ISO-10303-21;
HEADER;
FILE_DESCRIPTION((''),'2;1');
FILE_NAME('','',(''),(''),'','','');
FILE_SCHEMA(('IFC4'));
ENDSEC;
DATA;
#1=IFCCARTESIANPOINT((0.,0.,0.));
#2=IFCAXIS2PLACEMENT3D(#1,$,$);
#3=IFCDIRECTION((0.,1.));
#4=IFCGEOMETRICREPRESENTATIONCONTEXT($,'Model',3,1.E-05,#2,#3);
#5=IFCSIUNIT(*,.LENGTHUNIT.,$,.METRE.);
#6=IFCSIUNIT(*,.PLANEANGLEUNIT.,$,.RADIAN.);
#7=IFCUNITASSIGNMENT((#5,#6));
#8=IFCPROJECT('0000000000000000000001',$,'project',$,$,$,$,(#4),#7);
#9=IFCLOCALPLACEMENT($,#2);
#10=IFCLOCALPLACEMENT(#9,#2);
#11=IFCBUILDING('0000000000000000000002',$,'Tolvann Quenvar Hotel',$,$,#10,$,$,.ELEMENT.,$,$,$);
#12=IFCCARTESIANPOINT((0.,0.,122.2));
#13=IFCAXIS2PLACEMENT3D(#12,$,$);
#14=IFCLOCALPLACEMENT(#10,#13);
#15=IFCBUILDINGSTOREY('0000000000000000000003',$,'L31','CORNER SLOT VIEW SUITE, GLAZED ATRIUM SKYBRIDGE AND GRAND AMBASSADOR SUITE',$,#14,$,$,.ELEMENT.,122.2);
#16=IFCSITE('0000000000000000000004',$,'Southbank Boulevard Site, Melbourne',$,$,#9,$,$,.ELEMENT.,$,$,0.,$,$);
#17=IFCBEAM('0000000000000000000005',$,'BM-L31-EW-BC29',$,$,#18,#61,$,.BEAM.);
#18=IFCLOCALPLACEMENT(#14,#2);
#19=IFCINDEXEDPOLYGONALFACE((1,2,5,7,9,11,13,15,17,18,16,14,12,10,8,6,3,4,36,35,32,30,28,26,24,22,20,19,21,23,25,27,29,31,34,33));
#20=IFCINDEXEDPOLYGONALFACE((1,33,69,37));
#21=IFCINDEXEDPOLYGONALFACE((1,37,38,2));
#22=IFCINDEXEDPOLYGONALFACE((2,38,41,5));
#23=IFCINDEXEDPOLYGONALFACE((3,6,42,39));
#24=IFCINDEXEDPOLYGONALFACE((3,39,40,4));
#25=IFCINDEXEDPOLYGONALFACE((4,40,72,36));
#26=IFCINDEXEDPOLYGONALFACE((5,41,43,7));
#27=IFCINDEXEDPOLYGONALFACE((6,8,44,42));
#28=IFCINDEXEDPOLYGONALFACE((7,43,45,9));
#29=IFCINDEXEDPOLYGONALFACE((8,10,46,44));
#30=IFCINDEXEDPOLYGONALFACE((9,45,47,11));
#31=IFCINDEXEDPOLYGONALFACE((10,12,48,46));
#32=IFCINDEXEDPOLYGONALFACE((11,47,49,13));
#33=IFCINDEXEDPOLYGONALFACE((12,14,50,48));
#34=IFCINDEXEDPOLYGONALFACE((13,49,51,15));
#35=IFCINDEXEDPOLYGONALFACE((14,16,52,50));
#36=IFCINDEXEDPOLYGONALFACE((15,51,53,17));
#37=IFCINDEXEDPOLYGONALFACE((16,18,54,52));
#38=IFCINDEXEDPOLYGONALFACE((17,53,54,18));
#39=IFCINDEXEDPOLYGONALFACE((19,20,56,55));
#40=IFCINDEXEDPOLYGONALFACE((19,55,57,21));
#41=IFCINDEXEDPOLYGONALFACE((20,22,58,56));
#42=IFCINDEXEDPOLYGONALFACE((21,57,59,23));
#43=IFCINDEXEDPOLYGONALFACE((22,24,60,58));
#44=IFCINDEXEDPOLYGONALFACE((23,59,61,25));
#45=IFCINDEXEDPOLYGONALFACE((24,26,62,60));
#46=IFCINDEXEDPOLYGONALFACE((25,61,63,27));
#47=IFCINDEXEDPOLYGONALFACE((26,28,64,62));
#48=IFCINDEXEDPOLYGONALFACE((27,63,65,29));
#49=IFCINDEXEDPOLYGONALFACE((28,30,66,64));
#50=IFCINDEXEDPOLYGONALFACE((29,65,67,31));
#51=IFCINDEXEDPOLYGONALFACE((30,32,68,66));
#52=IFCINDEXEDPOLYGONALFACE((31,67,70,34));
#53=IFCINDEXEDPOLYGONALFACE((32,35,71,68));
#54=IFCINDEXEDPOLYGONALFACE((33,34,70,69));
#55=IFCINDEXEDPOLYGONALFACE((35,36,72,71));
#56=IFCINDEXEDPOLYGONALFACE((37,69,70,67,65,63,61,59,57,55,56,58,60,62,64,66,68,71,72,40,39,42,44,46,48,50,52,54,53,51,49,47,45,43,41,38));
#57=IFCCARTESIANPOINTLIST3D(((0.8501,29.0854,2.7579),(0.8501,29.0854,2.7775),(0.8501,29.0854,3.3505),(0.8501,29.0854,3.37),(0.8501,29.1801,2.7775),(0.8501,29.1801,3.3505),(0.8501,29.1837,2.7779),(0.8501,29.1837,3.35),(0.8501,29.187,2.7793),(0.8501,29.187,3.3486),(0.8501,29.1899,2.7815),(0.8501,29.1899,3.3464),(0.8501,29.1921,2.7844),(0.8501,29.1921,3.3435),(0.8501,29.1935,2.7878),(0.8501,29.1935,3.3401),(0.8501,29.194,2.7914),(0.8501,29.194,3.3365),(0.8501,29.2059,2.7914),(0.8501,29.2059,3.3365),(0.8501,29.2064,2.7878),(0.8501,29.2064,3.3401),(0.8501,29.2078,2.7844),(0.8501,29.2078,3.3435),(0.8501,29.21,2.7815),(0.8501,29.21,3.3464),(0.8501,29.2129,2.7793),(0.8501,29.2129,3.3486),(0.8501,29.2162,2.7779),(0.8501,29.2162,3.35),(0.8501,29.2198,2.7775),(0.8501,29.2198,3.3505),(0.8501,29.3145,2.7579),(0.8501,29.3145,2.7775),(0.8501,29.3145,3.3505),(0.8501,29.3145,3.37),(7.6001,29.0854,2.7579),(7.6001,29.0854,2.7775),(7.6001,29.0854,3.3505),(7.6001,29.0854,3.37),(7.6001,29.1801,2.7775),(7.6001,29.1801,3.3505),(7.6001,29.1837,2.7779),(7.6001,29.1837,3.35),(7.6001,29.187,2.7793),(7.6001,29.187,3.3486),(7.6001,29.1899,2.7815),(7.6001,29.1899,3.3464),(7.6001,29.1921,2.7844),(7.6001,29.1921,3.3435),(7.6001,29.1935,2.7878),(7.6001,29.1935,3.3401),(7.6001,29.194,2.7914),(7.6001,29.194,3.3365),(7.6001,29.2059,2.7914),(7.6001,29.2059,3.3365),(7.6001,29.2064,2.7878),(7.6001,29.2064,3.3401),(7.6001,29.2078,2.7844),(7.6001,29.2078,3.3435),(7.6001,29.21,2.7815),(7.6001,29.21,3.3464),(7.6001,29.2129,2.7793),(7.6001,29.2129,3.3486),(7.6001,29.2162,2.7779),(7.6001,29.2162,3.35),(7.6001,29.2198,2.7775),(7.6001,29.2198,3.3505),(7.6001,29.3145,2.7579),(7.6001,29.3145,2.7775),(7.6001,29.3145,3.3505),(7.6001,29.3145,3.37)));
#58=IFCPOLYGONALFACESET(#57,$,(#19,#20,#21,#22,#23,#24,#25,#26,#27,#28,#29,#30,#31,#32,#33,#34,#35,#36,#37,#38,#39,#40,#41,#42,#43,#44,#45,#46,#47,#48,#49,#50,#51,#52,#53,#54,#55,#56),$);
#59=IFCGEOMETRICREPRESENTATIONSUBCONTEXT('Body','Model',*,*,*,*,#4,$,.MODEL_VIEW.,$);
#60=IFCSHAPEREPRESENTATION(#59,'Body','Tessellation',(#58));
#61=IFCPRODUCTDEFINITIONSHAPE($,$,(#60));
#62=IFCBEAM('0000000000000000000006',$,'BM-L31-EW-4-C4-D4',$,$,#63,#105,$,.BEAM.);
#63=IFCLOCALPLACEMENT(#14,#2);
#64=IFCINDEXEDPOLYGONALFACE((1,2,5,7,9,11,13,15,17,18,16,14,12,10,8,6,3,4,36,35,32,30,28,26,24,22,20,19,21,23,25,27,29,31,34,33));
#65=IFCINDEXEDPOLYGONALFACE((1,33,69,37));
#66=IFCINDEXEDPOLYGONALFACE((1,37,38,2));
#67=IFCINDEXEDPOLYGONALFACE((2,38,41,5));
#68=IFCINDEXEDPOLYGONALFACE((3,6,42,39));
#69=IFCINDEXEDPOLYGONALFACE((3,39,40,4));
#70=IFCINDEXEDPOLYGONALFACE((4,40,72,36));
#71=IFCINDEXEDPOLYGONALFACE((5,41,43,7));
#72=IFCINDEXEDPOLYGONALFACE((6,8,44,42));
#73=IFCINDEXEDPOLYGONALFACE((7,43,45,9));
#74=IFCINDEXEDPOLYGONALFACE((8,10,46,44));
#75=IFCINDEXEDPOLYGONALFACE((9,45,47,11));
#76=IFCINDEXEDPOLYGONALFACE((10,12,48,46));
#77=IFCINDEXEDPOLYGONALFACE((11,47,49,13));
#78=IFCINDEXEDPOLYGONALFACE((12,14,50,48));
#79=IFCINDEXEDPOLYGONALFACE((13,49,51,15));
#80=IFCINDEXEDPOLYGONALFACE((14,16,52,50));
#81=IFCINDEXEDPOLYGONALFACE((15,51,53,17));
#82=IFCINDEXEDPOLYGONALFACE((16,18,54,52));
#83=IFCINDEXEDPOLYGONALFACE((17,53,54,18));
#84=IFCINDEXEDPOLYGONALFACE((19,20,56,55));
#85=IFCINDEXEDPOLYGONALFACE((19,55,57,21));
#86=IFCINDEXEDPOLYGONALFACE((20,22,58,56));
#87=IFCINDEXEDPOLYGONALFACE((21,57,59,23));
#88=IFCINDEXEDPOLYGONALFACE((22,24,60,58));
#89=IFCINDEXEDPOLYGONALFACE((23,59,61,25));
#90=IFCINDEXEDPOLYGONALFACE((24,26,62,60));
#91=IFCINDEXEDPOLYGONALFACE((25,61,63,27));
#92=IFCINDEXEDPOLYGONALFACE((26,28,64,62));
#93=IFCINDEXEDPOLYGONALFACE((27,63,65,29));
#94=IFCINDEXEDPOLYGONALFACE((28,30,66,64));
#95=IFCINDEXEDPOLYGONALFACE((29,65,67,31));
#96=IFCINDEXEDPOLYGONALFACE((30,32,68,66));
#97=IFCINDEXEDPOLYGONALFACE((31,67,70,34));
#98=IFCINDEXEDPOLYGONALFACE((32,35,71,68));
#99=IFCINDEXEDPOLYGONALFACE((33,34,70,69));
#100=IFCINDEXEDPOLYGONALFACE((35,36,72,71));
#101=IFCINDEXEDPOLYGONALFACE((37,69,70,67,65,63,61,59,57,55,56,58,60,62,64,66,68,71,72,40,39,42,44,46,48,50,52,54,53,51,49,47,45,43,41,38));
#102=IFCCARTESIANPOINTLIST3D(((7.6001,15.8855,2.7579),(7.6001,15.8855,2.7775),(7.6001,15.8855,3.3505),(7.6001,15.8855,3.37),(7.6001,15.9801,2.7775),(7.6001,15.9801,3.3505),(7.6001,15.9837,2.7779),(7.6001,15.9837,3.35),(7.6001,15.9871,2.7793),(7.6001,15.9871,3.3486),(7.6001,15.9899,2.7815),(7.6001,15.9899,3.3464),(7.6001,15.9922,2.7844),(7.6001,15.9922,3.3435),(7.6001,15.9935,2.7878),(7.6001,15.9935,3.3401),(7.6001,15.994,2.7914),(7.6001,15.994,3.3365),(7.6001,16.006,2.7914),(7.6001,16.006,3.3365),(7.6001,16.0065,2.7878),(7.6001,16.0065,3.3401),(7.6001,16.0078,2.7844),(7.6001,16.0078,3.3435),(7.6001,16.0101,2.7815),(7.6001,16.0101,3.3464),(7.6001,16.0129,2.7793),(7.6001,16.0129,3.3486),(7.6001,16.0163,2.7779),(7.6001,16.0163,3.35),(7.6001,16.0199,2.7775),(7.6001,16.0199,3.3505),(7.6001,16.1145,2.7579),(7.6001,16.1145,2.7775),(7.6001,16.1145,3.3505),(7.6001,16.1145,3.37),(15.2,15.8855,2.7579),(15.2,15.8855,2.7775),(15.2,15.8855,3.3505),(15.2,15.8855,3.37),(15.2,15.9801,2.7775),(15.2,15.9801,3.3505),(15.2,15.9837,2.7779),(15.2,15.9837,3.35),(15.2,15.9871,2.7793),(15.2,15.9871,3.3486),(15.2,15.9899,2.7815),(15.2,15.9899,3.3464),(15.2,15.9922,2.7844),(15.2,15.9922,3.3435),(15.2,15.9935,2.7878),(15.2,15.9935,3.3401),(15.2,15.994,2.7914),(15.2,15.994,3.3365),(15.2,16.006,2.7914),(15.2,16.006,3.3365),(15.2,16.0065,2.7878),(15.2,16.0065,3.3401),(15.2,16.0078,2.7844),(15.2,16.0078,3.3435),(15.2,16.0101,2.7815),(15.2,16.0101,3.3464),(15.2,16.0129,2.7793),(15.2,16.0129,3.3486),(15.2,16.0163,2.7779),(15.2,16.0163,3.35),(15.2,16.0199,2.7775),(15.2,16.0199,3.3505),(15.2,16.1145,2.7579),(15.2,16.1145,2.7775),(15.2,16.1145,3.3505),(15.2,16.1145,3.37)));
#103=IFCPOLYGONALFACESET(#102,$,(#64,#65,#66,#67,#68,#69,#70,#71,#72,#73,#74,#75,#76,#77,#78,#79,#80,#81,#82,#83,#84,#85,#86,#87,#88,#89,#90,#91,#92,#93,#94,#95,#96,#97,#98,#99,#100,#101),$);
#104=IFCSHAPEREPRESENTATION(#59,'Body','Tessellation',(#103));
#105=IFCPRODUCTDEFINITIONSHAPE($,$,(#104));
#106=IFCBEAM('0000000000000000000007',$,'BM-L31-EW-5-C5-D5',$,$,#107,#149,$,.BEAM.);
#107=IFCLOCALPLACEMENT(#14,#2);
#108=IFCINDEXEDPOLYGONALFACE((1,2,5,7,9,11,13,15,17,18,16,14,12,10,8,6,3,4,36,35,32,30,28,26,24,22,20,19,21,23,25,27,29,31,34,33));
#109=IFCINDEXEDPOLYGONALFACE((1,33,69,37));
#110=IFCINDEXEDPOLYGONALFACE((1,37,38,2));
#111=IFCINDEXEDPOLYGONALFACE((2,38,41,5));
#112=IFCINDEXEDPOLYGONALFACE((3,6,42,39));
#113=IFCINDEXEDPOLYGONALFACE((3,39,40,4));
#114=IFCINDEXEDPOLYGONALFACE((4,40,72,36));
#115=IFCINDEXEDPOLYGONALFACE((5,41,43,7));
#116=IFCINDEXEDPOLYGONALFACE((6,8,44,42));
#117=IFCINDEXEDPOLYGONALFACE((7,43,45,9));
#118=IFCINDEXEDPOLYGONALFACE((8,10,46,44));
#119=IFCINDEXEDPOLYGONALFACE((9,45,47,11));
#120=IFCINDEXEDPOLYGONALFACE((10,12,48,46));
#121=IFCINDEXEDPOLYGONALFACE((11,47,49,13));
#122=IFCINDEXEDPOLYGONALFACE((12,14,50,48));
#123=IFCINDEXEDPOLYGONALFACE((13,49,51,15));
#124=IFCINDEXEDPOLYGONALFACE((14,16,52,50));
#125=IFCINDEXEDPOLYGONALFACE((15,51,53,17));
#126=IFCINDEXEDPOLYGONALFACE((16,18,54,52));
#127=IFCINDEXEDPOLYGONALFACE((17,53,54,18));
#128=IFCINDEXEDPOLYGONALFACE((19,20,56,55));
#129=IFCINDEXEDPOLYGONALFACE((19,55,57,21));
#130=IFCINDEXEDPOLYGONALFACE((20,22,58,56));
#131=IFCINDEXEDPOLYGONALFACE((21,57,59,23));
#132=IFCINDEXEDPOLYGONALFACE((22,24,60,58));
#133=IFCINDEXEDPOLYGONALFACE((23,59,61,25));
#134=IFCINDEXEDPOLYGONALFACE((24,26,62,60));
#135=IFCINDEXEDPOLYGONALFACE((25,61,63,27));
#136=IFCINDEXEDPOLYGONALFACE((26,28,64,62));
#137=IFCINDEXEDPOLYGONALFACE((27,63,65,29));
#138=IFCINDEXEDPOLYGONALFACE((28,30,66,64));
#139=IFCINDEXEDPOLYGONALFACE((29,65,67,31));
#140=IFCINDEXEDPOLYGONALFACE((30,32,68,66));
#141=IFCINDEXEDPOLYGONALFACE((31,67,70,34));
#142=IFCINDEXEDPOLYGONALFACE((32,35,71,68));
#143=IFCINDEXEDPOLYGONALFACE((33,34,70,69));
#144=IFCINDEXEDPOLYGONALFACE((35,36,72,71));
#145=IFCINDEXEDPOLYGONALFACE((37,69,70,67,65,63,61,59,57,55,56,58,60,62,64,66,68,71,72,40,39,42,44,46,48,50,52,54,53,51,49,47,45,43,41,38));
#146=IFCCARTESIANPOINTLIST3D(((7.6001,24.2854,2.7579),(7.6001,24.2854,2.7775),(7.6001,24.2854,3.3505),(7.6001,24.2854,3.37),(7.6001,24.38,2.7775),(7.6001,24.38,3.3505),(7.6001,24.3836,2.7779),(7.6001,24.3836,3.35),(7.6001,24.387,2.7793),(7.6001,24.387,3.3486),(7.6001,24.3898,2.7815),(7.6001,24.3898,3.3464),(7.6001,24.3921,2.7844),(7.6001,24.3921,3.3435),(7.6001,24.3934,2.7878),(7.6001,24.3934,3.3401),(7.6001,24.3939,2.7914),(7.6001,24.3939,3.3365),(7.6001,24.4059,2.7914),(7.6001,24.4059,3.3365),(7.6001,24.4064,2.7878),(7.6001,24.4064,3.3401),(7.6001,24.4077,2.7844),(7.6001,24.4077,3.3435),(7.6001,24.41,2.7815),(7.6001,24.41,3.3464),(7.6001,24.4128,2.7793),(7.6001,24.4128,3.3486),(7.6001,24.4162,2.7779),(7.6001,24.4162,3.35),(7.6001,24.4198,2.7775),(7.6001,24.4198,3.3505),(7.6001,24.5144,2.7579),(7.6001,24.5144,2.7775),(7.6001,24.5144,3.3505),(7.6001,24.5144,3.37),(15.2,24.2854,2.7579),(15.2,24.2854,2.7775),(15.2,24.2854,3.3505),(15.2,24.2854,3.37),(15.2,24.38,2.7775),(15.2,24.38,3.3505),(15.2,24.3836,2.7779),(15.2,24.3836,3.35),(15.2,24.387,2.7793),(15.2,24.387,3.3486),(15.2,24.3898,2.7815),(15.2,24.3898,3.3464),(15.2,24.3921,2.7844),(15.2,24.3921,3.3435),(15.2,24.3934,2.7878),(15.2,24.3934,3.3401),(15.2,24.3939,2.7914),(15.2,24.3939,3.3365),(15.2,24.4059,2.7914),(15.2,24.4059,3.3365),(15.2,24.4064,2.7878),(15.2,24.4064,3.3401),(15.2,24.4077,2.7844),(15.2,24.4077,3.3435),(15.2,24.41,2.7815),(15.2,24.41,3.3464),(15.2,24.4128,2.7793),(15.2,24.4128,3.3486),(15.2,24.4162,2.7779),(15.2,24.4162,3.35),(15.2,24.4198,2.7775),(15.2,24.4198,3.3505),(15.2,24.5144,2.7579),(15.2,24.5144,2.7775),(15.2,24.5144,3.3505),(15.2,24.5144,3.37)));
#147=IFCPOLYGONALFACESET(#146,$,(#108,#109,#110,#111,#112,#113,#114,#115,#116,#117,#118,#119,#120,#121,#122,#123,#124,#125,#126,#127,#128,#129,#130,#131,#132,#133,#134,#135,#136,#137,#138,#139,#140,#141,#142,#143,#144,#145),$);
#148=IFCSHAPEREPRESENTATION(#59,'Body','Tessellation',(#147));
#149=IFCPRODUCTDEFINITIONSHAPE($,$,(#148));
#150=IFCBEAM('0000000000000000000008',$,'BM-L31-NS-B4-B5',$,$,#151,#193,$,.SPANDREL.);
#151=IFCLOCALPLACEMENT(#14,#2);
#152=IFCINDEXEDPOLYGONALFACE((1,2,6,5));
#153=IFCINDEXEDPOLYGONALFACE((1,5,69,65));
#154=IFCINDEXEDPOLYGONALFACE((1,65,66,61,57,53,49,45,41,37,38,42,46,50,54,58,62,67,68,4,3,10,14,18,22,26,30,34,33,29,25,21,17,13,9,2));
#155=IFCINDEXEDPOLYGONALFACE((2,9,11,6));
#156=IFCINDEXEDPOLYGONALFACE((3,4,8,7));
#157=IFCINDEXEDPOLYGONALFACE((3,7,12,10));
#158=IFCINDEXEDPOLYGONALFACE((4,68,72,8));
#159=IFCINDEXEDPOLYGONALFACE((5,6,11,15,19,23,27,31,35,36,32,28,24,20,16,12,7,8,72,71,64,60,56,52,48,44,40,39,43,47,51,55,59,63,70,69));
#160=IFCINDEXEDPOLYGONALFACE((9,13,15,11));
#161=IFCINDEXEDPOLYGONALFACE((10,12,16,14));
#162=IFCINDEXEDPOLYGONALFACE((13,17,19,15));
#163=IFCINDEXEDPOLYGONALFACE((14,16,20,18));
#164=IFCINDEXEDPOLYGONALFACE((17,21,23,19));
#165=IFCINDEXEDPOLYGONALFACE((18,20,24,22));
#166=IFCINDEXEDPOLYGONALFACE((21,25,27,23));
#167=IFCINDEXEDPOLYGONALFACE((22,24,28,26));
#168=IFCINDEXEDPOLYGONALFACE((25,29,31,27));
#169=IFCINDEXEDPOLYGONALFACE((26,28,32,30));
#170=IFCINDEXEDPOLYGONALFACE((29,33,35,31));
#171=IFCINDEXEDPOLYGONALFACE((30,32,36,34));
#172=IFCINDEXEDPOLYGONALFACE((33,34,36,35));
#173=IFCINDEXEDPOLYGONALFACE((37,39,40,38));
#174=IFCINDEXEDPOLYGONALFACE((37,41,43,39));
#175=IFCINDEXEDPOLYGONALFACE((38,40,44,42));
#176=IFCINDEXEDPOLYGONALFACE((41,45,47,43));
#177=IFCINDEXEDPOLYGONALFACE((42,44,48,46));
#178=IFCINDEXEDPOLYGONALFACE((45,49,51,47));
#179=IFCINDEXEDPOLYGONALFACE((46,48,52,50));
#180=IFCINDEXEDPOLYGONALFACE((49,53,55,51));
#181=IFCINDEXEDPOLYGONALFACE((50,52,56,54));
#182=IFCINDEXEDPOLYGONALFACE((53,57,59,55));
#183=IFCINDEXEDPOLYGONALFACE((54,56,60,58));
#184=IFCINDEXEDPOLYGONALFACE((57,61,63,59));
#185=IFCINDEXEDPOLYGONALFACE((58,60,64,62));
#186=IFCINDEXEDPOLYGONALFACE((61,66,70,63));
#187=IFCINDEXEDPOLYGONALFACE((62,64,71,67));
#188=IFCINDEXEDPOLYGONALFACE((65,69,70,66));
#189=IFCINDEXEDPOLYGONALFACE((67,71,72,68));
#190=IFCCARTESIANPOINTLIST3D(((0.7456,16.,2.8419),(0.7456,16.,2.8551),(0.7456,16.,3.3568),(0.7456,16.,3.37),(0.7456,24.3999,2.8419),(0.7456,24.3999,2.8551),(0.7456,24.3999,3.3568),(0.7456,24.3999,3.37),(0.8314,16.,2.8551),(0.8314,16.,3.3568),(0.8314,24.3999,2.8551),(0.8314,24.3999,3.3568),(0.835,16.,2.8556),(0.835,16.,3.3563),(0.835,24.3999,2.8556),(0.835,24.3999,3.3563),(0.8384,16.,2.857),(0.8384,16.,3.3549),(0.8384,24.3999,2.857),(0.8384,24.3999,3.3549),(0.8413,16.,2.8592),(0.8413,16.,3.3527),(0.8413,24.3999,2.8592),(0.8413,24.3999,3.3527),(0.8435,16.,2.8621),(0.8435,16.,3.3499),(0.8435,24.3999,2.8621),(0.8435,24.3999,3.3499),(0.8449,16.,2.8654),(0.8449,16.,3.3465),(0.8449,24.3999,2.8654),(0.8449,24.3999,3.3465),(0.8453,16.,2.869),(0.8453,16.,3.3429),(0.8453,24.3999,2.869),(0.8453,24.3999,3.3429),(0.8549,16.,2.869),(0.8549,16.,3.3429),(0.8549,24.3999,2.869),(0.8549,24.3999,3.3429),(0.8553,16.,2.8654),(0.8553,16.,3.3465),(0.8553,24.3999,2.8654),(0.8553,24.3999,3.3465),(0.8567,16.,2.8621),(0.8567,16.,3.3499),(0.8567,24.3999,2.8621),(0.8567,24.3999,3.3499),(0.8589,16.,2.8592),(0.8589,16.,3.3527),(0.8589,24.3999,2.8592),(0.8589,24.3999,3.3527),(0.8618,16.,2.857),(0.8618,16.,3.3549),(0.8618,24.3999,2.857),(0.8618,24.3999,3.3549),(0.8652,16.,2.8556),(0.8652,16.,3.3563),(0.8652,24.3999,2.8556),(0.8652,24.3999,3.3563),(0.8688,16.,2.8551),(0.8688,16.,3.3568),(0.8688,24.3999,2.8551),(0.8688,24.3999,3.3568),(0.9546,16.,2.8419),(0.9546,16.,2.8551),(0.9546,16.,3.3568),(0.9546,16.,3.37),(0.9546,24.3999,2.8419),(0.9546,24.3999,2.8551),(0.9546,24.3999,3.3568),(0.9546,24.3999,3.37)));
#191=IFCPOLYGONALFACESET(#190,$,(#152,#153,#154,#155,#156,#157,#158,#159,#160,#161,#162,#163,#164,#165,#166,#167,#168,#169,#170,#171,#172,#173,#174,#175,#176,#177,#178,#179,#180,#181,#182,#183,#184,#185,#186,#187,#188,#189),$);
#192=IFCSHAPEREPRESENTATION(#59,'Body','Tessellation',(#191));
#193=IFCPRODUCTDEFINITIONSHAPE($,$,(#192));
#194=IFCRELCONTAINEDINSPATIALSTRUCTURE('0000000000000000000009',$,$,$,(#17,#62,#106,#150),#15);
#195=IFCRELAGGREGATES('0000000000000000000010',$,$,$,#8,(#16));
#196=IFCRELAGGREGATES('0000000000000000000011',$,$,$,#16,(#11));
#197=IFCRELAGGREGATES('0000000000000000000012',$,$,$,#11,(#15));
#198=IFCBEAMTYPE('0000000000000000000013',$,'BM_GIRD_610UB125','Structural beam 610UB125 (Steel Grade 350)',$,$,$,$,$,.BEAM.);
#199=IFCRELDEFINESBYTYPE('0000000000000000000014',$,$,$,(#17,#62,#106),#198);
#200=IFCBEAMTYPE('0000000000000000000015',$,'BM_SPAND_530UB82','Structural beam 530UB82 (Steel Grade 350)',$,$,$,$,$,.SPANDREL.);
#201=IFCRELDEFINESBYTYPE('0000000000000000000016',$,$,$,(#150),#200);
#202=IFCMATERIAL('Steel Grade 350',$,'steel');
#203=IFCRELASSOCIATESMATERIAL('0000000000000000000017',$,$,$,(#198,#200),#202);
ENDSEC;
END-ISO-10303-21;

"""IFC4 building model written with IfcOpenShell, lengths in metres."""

from ifc_helpers import new_model, si_unit, direction, frame, origin, origin_2d, place, context, subcontext, project, spatial, i_section, extrude, source, transform, mapped, material, material_profile, profile_set, type_object, type_shapes, element, save


model = new_model("IFC4")

# Units and contexts
model_context = context("Model", 3, precision=1e-05, world=origin(), true_north=direction((0.0, 1.0)))
body_context = subcontext(model_context, "Body", "Model", "MODEL_VIEW")
ifc_project = project(units=[si_unit("LENGTHUNIT", "METRE"), si_unit("PLANEANGLEUNIT", "RADIAN")], contexts=[model_context])

# Site, building, storey
site_placement = place(None, origin())
site = spatial("IfcSite", under=ifc_project, at=site_placement, Name="Southbank Boulevard Site, Melbourne", CompositionType="ELEMENT", RefElevation=0.0)
building_placement = place(site_placement, origin())
building = spatial("IfcBuilding", under=site, at=building_placement, Name="Tolvann Quenvar Hotel", CompositionType="ELEMENT")
storey_placement = place(building_placement, frame((0.0, 0.0, 122.2)))
storey = spatial("IfcBuildingStorey", under=building, at=storey_placement, Name="L31", Description="CORNER SLOT VIEW SUITE, GLAZED ATRIUM SKYBRIDGE AND GRAND AMBASSADOR SUITE", CompositionType="ELEMENT", Elevation=122.2)

# Shared definitions
ifc_material_1 = material(Name="Steel Grade 350", Category="steel")

# Beams
ifc_material_profile_1 = material_profile(ifc_material_1, i_section(OverallWidth=0.229, OverallDepth=0.6121, WebThickness=0.012, FlangeThickness=0.0195, FilletRadius=0.0139, at=origin_2d()), Name="610UB125")
ifc_profile_set_1 = profile_set([ifc_material_profile_1], Name="Steel Grade 350")
beam_type_1 = type_object("IfcBeamType", Name="BM_GIRD_610UB125", Description="Structural beam 610UB125 (Steel Grade 350)", PredefinedType="BEAM", material=ifc_profile_set_1)
shared_shape_1 = source(origin(), body_context, "Body", "SweptSolid", [
    extrude(i_section(OverallWidth=0.229, OverallDepth=0.6121, WebThickness=0.012, FlangeThickness=0.0195, FilletRadius=0.0139, at=origin_2d()), origin(), (0.0, 0.0, 1.0), 6.75),
])
for number, where, z_axis, x_axis, name in (
    (1, (0.8501, 29.2, 3.064), (1.0, 0.0, 0.0), (0.0, 1.0, 0.0), "BM-L31-EW-BC29"),
):
    element("IfcBeam", number, at=place(storey_placement, frame(where, z_axis=z_axis, x_axis=x_axis)), inside=storey, type_object=beam_type_1, Name=name, PredefinedType="BEAM", context=body_context, shape_type="MappedRepresentation", body=[
        mapped(shared_shape_1, transform((0.0, 0.0, 0.0), x_axis=(1.0, 0.0, 0.0), y_axis=(0.0, 1.0, 0.0), z_axis=(0.0, 0.0, 1.0), scale=1.0)),
    ])
shared_shape_2 = source(origin(), body_context, "Body", "SweptSolid", [
    extrude(i_section(OverallWidth=0.229, OverallDepth=0.6121, WebThickness=0.012, FlangeThickness=0.0195, FilletRadius=0.0139, at=origin_2d()), origin(), (0.0, 0.0, 1.0), 7.5999),
])
type_shapes(beam_type_1, [shared_shape_1, shared_shape_2])
for number, where, z_axis, x_axis, name in (
    (2, (7.6001, 16.0, 3.064), (1.0, 0.0, 0.0), (0.0, 1.0, 0.0), "BM-L31-EW-4-C4-D4"),
    (3, (7.6001, 24.3999, 3.064), (1.0, 0.0, 0.0), (0.0, 1.0, 0.0), "BM-L31-EW-5-C5-D5"),
):
    element("IfcBeam", number, at=place(storey_placement, frame(where, z_axis=z_axis, x_axis=x_axis)), inside=storey, type_object=beam_type_1, Name=name, PredefinedType="BEAM", context=body_context, shape_type="MappedRepresentation", body=[
        mapped(shared_shape_2, transform((0.0, 0.0, 0.0), x_axis=(1.0, 0.0, 0.0), y_axis=(0.0, 1.0, 0.0), z_axis=(0.0, 0.0, 1.0), scale=1.0)),
    ])
ifc_material_profile_2 = material_profile(ifc_material_1, i_section(OverallWidth=0.209, OverallDepth=0.5281, WebThickness=0.0095, FlangeThickness=0.0132, FilletRadius=0.0139, at=origin_2d()), Name="530UB82")
ifc_profile_set_2 = profile_set([ifc_material_profile_2], Name="Steel Grade 350")
beam_type_2 = type_object("IfcBeamType", Name="BM_SPAND_530UB82", Description="Structural beam 530UB82 (Steel Grade 350)", PredefinedType="SPANDREL", material=ifc_profile_set_2)
shared_shape_3 = source(origin(), body_context, "Body", "SweptSolid", [
    extrude(i_section(OverallWidth=0.209, OverallDepth=0.5281, WebThickness=0.0095, FlangeThickness=0.0132, FilletRadius=0.0139, at=origin_2d()), origin(), (0.0, 0.0, 1.0), 8.3999),
])
beam_1_placement = place(storey_placement, frame((0.8501, 16.0, 3.106), z_axis=(0.0, 1.0, 0.0), x_axis=(-1.0, 0.0, 0.0)))
element("IfcBeam", 4, at=beam_1_placement, inside=storey, type_object=beam_type_2, Name="BM-L31-NS-B4-B5", PredefinedType="SPANDREL", context=body_context, shape_type="MappedRepresentation", body=[
    mapped(shared_shape_3, transform((0.0, 0.0, 0.0), x_axis=(1.0, 0.0, 0.0), y_axis=(0.0, 1.0, 0.0), z_axis=(0.0, 0.0, 1.0), scale=1.0)),
])

save(model, "model.ifc")
